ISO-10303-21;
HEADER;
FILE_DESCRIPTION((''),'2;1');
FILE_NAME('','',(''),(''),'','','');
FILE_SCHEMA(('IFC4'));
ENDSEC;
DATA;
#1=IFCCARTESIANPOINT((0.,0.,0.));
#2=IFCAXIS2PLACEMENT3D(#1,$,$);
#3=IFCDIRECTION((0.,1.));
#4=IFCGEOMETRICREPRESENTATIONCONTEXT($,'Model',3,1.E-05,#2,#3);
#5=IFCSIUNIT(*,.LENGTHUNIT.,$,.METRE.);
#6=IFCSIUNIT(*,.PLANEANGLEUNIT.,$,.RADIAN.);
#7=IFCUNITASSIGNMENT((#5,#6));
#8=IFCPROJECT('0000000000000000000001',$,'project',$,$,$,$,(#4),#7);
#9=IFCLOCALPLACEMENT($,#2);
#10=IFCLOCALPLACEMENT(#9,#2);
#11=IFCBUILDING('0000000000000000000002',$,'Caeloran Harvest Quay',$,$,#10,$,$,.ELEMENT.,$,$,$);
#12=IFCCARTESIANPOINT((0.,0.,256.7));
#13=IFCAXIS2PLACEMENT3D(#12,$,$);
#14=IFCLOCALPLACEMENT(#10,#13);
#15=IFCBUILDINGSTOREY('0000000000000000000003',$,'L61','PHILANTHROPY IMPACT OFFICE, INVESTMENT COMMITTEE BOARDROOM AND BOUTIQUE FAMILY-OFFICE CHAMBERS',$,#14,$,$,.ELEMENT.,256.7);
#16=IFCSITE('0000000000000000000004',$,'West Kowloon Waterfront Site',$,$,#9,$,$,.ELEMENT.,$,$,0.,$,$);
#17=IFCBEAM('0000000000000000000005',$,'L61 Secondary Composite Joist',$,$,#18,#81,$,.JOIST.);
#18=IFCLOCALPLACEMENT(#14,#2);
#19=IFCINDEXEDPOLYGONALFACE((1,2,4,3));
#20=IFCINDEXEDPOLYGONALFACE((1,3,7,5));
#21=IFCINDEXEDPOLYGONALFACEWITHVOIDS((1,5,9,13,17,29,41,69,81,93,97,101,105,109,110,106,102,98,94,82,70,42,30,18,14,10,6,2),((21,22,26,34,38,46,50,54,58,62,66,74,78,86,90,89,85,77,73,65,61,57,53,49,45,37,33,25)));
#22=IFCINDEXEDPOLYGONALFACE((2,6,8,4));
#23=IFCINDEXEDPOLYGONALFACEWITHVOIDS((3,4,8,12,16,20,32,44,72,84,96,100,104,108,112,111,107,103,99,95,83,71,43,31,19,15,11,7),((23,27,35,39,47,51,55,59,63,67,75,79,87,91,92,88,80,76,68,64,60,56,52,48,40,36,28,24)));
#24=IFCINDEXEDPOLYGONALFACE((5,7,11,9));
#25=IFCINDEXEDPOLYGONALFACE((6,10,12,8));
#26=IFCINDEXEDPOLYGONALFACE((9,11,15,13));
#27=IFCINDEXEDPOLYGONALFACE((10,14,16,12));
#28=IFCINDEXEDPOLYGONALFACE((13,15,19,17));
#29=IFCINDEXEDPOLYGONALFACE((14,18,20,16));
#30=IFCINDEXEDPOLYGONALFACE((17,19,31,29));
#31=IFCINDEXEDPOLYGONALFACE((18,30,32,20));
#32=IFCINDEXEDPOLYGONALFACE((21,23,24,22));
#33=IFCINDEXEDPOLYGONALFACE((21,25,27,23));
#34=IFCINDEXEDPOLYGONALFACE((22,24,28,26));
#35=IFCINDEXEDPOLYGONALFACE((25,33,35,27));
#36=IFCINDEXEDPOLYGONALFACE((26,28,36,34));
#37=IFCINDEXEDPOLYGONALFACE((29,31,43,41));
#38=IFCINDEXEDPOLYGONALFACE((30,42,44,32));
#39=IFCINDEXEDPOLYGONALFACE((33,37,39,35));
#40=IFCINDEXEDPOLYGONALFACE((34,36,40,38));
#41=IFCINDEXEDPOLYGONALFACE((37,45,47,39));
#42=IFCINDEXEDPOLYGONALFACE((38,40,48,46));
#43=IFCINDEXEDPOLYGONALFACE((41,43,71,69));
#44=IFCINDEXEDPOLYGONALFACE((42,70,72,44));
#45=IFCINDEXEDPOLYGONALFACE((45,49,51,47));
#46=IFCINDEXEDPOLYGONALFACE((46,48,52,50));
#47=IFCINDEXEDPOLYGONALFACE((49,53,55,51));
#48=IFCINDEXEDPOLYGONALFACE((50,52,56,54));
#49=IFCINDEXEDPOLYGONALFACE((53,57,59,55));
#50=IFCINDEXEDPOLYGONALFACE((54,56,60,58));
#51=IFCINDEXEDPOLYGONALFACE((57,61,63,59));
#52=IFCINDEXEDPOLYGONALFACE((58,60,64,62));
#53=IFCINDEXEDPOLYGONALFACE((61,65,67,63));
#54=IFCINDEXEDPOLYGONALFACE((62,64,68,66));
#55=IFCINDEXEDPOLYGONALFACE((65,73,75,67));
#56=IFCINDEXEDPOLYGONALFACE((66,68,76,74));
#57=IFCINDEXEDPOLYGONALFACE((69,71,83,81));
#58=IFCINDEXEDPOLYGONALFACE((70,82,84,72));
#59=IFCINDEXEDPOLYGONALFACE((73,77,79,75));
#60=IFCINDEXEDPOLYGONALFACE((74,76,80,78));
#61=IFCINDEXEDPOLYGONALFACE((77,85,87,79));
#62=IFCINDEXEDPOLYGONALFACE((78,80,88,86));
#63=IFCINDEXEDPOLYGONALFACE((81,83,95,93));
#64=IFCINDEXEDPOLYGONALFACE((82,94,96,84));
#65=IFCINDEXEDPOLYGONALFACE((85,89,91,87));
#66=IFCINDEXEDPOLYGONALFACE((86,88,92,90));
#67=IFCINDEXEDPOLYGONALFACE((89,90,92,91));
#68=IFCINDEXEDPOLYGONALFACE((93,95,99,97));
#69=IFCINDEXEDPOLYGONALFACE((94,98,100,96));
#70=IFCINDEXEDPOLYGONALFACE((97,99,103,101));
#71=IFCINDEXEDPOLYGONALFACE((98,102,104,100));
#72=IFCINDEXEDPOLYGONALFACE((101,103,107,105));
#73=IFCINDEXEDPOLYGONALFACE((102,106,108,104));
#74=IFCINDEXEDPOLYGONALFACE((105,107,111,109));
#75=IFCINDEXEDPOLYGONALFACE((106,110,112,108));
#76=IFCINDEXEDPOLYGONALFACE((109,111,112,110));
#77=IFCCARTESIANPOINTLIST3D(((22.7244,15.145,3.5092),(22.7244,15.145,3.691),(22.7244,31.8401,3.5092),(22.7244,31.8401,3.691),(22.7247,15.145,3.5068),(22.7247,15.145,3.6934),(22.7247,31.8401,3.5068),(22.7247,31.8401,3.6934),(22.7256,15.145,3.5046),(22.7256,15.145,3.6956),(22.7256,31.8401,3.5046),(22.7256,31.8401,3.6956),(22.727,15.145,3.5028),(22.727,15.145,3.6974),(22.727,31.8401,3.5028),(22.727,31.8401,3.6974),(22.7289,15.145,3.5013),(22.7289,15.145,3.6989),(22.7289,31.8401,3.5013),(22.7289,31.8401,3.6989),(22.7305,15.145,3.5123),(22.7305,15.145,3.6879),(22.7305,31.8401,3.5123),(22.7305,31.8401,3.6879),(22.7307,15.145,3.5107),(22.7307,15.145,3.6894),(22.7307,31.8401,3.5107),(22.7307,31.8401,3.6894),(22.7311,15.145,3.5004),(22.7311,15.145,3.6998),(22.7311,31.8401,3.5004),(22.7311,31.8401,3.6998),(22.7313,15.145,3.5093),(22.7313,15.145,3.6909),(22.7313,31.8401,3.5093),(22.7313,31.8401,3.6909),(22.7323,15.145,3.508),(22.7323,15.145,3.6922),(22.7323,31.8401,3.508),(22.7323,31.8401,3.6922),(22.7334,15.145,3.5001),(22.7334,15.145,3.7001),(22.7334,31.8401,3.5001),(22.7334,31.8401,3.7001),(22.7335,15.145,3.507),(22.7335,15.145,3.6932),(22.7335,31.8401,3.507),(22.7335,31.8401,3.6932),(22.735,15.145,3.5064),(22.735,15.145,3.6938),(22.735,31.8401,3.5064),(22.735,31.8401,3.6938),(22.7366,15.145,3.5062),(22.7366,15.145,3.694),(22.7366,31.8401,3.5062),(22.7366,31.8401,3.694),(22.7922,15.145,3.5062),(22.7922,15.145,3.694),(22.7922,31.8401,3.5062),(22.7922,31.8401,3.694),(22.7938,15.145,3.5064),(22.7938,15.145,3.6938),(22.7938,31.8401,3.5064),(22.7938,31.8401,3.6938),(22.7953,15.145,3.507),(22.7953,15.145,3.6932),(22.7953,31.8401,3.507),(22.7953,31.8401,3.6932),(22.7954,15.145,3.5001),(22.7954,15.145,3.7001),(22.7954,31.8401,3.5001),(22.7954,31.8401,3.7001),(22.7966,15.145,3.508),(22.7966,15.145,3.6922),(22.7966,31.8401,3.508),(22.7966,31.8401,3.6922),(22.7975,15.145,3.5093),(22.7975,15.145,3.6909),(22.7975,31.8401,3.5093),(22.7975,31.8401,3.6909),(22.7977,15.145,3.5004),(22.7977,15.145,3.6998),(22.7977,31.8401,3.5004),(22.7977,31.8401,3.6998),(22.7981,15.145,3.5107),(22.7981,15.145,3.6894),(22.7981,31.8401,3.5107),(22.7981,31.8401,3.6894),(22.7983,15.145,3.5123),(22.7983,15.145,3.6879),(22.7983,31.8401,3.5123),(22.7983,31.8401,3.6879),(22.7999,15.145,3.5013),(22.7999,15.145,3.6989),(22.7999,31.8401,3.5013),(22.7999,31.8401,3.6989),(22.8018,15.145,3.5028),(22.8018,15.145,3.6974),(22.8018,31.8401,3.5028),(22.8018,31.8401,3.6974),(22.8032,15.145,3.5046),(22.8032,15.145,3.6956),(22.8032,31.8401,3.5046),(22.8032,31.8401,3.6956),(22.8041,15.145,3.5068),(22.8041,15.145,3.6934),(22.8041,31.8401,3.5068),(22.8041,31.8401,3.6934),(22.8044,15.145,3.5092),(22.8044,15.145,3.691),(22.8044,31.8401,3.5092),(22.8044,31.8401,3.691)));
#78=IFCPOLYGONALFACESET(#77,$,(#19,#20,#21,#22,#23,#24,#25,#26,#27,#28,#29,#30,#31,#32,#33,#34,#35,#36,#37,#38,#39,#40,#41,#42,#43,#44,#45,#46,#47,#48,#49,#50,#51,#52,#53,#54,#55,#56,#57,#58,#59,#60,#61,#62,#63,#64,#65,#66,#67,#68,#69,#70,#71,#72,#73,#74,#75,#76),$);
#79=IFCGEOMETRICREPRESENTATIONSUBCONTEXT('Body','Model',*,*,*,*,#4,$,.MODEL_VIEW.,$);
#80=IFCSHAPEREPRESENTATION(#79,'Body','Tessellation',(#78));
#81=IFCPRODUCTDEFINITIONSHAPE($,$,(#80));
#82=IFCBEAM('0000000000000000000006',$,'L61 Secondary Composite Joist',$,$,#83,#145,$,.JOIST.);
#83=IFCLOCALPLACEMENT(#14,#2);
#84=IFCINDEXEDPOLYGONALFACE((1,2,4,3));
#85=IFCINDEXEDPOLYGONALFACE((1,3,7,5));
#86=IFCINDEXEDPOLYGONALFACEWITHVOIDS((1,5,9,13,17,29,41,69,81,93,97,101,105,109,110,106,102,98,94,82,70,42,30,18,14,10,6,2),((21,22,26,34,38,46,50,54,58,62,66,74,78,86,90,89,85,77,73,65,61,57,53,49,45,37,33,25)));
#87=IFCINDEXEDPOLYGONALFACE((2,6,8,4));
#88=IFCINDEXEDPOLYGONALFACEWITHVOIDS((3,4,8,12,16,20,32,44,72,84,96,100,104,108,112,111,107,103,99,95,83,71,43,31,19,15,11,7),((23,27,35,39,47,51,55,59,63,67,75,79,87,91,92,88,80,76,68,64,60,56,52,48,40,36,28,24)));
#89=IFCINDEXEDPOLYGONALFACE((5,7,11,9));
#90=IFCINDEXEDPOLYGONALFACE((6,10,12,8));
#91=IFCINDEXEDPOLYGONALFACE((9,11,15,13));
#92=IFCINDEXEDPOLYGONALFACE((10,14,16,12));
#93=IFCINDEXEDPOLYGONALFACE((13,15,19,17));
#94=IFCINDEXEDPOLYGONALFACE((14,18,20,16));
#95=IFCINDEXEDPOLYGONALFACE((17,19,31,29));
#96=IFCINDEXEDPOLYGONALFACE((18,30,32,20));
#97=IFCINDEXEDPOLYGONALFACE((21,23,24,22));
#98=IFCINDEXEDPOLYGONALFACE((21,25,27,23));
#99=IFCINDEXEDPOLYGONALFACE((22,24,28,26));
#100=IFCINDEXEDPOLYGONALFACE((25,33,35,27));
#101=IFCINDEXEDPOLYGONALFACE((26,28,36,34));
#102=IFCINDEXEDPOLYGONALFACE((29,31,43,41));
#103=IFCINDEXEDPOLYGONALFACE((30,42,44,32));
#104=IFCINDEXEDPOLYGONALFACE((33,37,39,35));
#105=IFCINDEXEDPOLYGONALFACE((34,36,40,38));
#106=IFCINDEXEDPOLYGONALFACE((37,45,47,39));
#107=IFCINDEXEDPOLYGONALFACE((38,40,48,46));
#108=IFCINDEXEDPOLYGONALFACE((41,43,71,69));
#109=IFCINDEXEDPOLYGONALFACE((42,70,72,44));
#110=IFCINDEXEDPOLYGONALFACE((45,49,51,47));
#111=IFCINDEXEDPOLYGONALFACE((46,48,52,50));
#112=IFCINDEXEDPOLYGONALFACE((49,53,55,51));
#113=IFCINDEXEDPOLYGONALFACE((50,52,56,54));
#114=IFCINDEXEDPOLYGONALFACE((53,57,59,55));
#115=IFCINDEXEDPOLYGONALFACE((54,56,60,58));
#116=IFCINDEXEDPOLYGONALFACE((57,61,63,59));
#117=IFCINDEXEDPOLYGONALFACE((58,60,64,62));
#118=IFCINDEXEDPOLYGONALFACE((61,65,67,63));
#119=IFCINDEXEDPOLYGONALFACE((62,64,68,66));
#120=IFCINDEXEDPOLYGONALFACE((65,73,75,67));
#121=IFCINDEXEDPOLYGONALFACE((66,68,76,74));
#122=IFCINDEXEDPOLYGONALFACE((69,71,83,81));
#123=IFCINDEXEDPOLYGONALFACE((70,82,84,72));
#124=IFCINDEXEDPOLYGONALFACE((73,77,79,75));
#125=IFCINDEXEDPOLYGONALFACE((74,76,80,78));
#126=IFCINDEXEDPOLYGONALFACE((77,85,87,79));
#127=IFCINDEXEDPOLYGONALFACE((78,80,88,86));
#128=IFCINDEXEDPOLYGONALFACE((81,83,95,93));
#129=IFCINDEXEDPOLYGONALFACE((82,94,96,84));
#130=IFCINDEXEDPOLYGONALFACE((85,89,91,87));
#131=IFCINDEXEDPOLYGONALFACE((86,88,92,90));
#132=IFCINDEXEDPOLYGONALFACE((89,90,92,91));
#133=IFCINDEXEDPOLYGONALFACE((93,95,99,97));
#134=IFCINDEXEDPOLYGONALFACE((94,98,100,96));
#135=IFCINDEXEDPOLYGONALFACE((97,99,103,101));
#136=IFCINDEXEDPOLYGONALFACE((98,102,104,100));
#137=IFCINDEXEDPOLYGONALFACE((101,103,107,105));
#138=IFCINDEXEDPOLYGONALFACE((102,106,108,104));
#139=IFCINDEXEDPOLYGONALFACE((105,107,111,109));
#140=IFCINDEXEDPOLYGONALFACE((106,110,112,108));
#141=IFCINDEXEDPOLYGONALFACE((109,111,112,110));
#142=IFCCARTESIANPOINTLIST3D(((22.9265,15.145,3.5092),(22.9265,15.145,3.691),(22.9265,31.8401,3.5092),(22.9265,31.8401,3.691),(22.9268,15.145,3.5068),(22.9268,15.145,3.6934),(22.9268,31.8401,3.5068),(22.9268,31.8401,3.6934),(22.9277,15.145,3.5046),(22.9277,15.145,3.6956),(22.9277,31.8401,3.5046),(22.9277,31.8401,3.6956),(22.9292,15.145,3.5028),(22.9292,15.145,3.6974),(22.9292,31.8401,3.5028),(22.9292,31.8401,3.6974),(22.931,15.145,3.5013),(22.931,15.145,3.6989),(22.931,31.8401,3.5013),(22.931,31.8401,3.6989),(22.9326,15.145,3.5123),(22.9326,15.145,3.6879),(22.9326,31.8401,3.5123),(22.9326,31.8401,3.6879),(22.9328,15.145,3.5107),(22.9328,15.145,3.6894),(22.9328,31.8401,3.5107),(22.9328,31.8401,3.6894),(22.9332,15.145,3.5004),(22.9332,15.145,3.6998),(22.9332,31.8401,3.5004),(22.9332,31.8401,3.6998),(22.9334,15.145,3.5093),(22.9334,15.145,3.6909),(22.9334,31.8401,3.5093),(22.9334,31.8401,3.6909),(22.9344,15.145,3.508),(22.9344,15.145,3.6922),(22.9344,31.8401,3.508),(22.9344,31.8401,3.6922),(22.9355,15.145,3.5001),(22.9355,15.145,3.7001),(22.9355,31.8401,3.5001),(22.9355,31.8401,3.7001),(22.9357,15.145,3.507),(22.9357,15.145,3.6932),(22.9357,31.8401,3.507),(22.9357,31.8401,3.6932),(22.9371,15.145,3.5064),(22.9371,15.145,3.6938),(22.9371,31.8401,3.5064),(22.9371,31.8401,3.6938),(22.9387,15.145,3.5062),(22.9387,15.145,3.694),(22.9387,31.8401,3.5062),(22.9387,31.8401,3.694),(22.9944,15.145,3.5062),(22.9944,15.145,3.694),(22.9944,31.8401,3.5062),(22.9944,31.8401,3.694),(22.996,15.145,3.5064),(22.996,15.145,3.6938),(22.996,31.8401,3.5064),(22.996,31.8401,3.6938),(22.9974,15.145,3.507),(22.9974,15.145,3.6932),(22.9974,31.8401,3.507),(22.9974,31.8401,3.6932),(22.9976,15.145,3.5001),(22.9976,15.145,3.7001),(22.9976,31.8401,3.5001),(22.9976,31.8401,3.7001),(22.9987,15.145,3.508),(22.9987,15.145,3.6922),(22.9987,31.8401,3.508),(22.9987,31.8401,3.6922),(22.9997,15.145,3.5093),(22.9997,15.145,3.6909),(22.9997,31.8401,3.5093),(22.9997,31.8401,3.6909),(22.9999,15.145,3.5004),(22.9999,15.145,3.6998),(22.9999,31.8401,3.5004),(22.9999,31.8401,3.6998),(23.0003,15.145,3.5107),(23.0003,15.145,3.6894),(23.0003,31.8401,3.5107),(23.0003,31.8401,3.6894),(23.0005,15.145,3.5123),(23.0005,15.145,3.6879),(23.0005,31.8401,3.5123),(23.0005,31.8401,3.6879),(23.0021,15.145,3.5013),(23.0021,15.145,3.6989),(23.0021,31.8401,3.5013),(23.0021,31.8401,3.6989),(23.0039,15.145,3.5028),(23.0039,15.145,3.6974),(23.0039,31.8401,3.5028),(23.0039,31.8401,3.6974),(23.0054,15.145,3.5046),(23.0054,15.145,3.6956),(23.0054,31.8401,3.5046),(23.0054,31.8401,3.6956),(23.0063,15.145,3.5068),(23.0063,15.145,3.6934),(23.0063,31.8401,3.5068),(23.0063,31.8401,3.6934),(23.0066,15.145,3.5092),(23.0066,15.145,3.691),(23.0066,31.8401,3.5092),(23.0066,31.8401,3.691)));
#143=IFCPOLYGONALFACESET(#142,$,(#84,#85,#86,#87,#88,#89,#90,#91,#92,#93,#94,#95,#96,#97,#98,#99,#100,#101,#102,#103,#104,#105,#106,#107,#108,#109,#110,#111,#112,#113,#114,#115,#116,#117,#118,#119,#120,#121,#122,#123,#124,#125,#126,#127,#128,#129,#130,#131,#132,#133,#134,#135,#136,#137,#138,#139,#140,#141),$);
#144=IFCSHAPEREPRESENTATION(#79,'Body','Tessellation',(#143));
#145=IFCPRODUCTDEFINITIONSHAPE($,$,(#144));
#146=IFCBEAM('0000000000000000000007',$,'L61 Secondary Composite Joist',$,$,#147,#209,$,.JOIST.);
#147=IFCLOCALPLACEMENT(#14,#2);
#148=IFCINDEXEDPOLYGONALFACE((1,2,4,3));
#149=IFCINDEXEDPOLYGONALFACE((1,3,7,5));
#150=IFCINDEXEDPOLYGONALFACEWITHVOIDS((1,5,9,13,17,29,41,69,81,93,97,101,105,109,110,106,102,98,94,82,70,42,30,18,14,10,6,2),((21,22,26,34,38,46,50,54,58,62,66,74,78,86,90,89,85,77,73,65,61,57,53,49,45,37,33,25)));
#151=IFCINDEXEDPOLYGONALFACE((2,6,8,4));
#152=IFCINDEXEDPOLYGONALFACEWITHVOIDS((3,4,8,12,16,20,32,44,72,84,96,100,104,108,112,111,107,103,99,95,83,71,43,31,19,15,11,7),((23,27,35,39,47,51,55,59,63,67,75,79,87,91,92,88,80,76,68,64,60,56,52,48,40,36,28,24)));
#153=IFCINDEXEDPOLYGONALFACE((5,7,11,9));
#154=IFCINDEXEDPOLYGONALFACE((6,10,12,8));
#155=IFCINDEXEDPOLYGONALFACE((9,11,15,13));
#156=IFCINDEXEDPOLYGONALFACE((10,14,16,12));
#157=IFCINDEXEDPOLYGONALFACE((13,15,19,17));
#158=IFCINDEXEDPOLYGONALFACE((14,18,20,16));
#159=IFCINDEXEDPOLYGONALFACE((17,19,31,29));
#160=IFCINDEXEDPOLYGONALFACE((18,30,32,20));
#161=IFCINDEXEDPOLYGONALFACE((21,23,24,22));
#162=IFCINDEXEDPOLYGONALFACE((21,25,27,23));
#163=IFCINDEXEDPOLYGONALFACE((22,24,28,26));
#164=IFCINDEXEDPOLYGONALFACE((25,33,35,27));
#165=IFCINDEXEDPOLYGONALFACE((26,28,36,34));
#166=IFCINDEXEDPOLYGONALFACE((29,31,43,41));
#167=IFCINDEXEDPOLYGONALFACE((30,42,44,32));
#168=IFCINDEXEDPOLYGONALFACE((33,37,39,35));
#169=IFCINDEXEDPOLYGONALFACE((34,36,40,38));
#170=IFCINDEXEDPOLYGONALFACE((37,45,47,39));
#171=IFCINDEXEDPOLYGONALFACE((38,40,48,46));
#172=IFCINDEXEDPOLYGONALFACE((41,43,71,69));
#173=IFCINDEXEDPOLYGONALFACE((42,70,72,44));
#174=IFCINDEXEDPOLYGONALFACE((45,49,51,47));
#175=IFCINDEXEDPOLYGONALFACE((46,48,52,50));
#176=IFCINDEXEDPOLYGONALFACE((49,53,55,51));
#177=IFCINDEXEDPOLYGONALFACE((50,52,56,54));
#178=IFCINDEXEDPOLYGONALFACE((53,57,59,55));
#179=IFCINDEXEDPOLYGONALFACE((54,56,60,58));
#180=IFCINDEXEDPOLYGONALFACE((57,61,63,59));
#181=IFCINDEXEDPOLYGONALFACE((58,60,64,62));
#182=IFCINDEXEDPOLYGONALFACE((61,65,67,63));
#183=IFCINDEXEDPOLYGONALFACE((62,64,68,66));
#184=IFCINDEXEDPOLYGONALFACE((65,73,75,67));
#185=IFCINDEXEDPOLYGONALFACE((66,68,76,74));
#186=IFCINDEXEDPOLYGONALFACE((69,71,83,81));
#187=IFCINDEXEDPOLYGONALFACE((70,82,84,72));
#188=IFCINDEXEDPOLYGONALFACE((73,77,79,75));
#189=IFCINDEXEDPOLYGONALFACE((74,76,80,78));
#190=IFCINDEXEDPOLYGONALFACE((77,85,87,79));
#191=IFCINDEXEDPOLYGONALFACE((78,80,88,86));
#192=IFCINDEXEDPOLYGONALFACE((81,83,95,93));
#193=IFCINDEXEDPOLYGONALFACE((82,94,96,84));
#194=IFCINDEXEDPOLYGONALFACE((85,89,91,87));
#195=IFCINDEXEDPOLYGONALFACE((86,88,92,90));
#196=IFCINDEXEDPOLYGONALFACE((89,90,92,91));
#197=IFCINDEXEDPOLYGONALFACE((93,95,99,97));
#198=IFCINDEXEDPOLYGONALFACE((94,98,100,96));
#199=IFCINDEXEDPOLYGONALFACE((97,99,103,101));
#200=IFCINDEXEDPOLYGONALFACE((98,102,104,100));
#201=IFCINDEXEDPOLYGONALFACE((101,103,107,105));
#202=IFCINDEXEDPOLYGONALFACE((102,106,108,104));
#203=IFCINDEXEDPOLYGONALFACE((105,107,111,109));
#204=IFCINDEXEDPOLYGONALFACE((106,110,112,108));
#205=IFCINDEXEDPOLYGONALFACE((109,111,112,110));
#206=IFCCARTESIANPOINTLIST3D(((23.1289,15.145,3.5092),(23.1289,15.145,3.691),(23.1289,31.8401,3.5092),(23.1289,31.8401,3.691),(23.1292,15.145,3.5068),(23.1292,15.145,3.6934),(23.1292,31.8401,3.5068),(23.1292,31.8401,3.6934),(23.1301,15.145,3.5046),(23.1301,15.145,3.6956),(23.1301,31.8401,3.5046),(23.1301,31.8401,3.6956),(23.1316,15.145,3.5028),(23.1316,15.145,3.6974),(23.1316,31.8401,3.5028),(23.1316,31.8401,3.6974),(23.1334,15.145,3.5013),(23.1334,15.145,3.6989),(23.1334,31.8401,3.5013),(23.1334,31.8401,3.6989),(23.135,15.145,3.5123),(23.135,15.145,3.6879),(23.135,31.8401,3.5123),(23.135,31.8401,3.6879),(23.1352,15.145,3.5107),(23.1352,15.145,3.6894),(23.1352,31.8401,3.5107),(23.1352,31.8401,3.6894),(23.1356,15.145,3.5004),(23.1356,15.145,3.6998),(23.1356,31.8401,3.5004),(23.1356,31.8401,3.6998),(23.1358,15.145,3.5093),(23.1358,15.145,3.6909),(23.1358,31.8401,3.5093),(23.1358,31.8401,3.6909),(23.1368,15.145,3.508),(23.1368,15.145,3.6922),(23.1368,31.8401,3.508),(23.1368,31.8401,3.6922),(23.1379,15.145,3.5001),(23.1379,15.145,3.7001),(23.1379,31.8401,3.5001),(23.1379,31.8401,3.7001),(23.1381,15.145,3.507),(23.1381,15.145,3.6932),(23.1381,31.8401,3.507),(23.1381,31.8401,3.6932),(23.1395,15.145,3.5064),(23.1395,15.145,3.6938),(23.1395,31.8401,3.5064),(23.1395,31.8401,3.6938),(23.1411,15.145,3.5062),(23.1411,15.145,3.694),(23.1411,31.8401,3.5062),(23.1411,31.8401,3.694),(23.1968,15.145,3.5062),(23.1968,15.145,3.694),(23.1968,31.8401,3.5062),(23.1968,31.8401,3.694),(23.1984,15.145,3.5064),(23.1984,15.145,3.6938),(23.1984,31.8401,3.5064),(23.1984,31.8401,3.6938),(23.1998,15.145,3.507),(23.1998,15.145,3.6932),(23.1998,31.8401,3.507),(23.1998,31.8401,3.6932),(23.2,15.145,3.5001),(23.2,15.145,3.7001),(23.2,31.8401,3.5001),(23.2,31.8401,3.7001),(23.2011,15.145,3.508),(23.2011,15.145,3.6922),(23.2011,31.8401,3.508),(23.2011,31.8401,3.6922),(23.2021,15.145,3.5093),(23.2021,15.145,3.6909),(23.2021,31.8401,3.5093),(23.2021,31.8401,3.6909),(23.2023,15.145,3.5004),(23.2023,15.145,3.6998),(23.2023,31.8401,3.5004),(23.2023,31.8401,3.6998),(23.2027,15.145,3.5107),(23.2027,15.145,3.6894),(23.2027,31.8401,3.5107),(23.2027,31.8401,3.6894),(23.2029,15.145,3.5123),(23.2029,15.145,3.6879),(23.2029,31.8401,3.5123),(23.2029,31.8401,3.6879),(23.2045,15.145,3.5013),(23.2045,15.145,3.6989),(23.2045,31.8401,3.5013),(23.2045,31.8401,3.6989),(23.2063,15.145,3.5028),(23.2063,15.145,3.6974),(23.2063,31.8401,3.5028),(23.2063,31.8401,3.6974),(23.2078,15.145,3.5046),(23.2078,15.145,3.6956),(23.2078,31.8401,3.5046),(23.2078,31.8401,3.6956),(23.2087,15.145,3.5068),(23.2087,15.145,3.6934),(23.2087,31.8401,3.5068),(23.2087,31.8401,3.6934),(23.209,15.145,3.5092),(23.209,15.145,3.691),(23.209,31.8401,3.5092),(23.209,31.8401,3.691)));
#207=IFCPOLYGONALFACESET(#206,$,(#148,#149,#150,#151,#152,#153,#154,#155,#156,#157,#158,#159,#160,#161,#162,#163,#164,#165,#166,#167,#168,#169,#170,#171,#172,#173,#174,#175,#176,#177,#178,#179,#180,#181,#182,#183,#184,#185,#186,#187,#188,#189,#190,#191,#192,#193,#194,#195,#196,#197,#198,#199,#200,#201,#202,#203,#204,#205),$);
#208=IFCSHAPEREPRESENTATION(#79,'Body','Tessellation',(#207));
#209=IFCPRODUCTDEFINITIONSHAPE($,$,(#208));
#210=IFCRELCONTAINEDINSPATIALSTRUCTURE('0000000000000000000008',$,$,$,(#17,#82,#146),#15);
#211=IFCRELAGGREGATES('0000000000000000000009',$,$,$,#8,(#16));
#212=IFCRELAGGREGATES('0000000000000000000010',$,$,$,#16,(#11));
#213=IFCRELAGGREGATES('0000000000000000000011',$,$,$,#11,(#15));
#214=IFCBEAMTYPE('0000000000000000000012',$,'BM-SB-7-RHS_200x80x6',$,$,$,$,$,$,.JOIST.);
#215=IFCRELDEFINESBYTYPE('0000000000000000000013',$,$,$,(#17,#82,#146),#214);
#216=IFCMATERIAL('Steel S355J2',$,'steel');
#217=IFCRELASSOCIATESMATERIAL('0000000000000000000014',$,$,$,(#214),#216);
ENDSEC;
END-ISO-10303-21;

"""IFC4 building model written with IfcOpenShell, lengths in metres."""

from ifc_helpers import new_model, si_unit, direction, frame, origin, origin_2d, place, context, subcontext, project, spatial, hollow_rectangle, extrude, material, material_profile, profile_set, type_object, element, save


model = new_model("IFC4")

# Units and contexts
model_context = context("Model", 3, precision=1e-05, world=origin(), true_north=direction((0.0, 1.0)))
body_context = subcontext(model_context, "Body", "Model", "MODEL_VIEW")
ifc_project = project(units=[si_unit("LENGTHUNIT", "METRE"), si_unit("PLANEANGLEUNIT", "RADIAN")], contexts=[model_context])

# Site, building, storey
site_placement = place(None, origin())
site = spatial("IfcSite", under=ifc_project, at=site_placement, Name="West Kowloon Waterfront Site", CompositionType="ELEMENT", RefElevation=0.0)
building_placement = place(site_placement, origin())
building = spatial("IfcBuilding", under=site, at=building_placement, Name="Caeloran Harvest Quay", CompositionType="ELEMENT")
storey_placement = place(building_placement, frame((0.0, 0.0, 256.7)))
storey = spatial("IfcBuildingStorey", under=building, at=storey_placement, Name="L61", Description="PHILANTHROPY IMPACT OFFICE, INVESTMENT COMMITTEE BOARDROOM AND BOUTIQUE FAMILY-OFFICE CHAMBERS", CompositionType="ELEMENT", Elevation=256.7)

# Beams
ifc_material_1 = material(Name="Steel S355J2", Category="steel")
ifc_material_profile_1 = material_profile(ifc_material_1, hollow_rectangle(XDim=0.0801, YDim=0.2, WallThickness=0.0061, InnerFilletRadius=0.0061, OuterFilletRadius=0.009, at=origin_2d()), Name="RHS 200x80x6")
ifc_profile_set_1 = profile_set([ifc_material_profile_1], Name="Steel S355J2")
beam_type_1 = type_object("IfcBeamType", Name="BM-SB-7-RHS_200x80x6", PredefinedType="JOIST", material=ifc_profile_set_1)
for number, where, z_axis, x_axis, name in (
    (1, (22.7644, 15.145, 3.6001), (0.0, 1.0, 0.0), (-1.0, 0.0, 0.0), "L61 Secondary Composite Joist"),
    (2, (22.9666, 15.145, 3.6001), (0.0, 1.0, 0.0), (-1.0, 0.0, 0.0), "L61 Secondary Composite Joist"),
    (3, (23.1689, 15.145, 3.6001), (0.0, 1.0, 0.0), (-1.0, 0.0, 0.0), "L61 Secondary Composite Joist"),
):
    element("IfcBeam", number, at=place(storey_placement, frame(where, z_axis=z_axis, x_axis=x_axis)), inside=storey, type_object=beam_type_1, Name=name, PredefinedType="JOIST", context=body_context, shape_type="SweptSolid", body=[
        extrude(hollow_rectangle(XDim=0.0801, YDim=0.2, WallThickness=0.0061, InnerFilletRadius=0.0061, OuterFilletRadius=0.009, at=origin_2d()), origin(), (0.0, 0.0, 1.0), 16.6951),
    ])

save(model, "model.ifc")
